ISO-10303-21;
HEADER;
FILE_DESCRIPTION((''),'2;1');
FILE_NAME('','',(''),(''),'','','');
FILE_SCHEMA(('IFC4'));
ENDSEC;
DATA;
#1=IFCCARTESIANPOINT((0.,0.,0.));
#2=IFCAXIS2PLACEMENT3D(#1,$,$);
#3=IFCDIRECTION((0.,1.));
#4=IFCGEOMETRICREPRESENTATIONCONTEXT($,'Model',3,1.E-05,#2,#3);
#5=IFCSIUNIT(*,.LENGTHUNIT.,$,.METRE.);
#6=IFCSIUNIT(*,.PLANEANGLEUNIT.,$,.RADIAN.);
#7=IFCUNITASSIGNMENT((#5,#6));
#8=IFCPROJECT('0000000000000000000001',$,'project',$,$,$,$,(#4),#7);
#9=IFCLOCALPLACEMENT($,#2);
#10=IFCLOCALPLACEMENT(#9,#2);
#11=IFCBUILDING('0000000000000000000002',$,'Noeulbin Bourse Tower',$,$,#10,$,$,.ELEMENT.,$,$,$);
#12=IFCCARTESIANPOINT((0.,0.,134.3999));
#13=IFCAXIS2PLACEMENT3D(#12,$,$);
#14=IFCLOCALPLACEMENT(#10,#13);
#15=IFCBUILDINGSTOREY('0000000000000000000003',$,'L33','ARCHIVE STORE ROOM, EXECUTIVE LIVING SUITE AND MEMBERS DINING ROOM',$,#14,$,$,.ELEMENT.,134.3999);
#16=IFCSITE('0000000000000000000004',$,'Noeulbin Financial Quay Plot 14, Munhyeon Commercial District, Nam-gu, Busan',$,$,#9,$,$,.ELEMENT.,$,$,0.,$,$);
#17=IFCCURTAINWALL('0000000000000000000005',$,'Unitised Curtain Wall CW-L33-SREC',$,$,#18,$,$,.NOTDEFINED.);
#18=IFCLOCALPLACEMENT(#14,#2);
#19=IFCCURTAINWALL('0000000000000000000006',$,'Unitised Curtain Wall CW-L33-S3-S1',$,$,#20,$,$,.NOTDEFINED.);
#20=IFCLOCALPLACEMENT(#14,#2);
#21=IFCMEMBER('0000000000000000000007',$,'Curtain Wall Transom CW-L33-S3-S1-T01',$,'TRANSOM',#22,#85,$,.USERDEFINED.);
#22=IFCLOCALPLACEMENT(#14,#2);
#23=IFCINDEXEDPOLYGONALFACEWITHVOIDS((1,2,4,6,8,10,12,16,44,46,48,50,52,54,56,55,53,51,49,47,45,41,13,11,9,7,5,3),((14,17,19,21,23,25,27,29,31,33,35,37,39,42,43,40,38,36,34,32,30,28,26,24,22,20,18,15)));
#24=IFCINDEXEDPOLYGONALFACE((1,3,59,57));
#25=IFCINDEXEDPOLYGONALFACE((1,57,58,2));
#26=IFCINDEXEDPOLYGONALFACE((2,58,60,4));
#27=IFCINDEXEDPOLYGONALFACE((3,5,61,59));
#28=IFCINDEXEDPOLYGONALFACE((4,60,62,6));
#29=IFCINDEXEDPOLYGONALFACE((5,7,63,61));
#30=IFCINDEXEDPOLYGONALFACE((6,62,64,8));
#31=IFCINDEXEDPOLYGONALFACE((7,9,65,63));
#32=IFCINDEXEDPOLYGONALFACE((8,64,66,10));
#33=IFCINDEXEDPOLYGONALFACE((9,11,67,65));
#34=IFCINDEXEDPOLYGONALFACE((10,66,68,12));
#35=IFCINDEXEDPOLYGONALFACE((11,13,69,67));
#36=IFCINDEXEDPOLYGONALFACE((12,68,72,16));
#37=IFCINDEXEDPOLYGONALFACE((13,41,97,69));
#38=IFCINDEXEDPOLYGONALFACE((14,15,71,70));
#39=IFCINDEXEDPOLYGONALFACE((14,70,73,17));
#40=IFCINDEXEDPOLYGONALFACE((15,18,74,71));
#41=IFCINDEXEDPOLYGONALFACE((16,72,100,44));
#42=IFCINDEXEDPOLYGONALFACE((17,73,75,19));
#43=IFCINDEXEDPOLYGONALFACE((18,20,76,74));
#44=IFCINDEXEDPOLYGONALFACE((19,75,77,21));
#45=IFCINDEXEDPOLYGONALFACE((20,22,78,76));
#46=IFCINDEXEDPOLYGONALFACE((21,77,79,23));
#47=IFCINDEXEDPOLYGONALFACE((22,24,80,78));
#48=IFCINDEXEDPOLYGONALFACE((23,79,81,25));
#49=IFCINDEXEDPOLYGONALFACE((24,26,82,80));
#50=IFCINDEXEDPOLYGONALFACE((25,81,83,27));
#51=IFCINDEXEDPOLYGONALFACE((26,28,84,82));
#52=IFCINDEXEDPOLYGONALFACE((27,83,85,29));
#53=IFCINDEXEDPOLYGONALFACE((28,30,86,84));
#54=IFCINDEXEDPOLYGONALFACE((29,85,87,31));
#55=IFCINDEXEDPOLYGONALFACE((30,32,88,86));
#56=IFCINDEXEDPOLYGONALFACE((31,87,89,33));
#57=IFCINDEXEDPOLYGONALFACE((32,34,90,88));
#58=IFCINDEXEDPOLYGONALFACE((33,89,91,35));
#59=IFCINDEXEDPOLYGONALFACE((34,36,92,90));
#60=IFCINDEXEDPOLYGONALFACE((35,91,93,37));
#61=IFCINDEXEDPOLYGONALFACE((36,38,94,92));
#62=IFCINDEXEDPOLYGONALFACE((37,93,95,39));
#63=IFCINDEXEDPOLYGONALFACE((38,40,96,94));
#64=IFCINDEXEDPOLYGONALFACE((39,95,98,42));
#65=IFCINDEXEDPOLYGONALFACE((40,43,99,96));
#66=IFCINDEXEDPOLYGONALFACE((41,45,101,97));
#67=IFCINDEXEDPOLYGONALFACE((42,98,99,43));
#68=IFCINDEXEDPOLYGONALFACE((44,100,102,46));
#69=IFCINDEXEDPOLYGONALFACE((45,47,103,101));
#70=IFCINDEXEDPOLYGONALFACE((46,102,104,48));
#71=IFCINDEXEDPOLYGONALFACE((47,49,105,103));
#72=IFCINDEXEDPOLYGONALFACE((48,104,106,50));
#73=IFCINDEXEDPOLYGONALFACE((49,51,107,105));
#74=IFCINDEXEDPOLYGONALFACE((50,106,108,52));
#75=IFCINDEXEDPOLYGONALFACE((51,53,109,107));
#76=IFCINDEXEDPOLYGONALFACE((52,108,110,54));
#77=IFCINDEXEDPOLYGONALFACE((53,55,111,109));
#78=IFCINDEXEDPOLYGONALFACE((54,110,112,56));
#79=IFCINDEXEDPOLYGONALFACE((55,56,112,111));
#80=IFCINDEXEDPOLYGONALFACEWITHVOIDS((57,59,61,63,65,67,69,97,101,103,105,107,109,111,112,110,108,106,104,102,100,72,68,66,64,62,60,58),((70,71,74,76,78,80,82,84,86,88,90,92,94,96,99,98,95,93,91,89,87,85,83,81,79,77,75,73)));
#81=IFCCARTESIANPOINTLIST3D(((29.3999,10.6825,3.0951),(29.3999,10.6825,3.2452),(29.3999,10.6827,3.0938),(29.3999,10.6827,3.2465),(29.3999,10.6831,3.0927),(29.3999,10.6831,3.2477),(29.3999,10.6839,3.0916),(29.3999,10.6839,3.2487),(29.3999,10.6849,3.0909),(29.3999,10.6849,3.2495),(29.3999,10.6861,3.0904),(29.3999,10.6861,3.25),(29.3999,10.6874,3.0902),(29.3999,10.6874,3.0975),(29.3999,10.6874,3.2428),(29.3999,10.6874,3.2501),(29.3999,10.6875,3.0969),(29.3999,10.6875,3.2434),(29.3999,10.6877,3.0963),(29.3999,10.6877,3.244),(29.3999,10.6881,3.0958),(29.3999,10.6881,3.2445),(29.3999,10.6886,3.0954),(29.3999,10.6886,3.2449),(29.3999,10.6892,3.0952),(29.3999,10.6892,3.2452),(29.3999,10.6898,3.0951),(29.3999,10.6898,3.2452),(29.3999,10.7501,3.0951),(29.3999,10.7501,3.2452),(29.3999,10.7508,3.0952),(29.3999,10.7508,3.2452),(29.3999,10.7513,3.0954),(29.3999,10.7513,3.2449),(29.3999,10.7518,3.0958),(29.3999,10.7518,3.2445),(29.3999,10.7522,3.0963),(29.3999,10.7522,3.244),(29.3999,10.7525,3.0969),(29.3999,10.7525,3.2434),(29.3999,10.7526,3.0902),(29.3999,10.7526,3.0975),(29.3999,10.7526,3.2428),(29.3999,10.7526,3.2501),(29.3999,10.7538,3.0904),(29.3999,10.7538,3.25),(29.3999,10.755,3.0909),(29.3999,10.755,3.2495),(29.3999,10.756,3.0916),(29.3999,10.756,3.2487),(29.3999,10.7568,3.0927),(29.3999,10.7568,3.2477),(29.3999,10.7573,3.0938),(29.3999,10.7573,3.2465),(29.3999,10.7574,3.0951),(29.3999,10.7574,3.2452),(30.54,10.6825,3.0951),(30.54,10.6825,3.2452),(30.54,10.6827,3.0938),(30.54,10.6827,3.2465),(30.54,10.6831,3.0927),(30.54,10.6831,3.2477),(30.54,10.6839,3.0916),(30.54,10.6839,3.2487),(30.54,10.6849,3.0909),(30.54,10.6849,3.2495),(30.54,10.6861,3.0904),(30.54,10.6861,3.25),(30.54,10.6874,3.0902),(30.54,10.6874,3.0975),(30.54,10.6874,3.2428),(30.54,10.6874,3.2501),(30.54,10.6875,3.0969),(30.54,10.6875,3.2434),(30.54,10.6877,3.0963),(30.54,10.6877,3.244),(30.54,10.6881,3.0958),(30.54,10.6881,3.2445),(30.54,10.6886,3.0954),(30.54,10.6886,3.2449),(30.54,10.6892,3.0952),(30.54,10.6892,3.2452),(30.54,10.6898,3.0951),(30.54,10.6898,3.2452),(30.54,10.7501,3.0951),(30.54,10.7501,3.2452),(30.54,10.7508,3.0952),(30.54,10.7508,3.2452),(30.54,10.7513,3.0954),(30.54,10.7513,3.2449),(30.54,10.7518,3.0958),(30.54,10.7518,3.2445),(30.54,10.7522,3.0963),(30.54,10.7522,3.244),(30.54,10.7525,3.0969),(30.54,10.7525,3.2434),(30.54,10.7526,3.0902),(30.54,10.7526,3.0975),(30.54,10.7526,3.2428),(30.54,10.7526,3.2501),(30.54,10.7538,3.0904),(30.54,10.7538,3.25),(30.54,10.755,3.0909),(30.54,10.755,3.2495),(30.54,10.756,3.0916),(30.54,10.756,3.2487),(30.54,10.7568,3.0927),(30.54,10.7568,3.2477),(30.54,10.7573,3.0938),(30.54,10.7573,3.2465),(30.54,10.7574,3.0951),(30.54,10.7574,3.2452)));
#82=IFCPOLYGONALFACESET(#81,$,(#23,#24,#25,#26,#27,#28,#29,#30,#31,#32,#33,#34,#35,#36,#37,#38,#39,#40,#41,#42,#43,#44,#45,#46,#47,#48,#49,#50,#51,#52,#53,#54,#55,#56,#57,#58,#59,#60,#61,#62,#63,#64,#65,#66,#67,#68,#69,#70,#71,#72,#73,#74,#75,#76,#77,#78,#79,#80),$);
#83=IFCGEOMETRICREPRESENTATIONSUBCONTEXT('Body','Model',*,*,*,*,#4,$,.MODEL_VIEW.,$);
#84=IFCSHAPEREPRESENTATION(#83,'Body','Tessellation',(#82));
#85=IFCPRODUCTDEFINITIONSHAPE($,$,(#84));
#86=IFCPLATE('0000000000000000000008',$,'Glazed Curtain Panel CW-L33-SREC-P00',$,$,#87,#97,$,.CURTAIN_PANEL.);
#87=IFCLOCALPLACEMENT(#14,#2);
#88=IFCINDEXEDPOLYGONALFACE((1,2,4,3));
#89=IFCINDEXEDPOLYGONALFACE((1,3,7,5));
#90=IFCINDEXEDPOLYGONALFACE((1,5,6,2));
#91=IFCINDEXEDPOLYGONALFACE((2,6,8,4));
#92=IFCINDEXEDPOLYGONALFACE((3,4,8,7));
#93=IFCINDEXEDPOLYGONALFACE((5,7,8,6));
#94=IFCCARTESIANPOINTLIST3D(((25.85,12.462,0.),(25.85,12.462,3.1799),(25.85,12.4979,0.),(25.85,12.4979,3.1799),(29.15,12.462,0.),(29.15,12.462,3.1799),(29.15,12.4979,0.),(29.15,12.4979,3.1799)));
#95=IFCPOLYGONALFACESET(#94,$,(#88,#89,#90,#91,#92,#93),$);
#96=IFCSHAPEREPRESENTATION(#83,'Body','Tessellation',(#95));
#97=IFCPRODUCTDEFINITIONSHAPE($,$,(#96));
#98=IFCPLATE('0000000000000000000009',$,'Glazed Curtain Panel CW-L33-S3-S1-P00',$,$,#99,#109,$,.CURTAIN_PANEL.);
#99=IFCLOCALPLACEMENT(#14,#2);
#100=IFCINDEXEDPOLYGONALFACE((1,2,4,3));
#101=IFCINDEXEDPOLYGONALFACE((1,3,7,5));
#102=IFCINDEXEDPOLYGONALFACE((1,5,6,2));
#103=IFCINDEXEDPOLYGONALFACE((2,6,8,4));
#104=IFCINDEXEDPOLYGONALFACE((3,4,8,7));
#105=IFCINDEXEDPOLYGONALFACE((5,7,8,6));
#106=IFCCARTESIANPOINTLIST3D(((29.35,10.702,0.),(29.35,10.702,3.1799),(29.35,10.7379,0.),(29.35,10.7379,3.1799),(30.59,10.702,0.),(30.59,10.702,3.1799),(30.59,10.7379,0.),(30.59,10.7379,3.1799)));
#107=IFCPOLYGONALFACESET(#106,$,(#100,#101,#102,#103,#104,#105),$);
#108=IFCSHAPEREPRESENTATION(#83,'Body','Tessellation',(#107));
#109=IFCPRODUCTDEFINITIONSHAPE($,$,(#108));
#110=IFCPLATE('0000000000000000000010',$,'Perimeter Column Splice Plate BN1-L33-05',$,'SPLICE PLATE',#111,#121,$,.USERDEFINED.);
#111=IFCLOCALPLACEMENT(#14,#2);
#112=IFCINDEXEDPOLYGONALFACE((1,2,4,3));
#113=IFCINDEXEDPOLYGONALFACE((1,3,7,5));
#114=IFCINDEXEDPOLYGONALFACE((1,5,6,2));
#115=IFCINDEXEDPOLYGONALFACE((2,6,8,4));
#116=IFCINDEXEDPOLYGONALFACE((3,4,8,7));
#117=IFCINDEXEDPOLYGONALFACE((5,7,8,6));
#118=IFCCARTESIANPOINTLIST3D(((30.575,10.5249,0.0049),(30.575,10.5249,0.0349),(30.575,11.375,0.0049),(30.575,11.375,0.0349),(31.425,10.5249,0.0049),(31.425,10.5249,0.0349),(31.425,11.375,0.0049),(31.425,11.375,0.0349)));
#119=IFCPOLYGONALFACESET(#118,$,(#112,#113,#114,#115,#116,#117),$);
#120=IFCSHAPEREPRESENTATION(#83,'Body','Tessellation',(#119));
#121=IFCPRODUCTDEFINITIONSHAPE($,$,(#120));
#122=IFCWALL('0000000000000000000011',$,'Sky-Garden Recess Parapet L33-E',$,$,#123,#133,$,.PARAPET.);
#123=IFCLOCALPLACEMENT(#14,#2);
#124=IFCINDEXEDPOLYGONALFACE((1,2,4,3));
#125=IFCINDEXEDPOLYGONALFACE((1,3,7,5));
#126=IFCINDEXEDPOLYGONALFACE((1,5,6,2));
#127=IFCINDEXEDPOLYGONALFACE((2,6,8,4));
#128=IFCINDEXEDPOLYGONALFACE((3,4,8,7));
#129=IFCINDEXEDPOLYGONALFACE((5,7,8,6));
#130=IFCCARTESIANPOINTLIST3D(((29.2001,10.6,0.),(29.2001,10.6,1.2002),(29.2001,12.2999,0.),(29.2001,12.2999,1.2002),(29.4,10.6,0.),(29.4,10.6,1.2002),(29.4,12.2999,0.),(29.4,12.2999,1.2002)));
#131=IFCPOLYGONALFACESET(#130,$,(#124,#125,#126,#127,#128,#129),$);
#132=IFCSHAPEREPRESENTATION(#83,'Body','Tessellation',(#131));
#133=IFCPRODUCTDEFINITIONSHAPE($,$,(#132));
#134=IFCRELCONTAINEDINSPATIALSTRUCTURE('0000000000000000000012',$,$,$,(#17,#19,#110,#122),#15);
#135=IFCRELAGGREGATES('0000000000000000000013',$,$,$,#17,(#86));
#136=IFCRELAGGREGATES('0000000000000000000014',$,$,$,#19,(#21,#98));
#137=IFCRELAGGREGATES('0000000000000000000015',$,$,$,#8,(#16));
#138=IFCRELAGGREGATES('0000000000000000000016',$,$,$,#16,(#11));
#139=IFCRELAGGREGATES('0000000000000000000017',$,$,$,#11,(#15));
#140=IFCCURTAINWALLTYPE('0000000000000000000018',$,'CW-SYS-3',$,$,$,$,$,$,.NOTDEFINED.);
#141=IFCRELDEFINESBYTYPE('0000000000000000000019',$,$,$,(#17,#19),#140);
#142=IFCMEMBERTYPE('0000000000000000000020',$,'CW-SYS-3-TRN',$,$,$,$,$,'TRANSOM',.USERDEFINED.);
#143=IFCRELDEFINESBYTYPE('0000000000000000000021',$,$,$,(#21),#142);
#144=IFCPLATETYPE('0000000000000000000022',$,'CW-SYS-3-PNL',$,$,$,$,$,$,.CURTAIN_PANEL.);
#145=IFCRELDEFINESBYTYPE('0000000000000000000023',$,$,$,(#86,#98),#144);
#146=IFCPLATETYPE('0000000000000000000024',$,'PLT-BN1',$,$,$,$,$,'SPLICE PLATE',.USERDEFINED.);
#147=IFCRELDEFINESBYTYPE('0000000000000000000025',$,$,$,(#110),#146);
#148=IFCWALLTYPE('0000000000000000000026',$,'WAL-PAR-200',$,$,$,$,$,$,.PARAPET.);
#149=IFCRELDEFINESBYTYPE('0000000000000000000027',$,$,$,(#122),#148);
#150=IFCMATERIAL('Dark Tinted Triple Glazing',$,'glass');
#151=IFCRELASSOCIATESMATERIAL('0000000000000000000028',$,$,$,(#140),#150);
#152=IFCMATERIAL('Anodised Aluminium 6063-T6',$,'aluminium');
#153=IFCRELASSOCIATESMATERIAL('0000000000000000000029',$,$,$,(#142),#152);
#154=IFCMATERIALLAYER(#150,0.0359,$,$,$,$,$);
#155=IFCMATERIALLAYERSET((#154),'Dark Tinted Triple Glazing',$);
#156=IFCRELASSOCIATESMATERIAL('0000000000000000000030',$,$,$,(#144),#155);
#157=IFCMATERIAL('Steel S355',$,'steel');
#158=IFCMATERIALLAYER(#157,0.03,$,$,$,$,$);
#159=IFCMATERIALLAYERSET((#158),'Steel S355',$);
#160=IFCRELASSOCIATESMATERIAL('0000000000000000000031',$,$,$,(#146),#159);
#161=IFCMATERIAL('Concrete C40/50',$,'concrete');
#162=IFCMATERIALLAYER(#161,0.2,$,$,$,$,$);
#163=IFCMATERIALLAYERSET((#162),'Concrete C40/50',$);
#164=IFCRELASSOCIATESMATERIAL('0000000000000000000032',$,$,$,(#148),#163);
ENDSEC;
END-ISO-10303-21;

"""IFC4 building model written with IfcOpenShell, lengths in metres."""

from ifc_helpers import new_model, si_unit, direction, frame, frame_2d, origin, origin_2d, place, context, subcontext, project, spatial, rectangle, hollow_rectangle, extrude, material, layer, layer_set, material_profile, profile_set, type_object, element, aggregate, save


model = new_model("IFC4")

# Units and contexts
model_context = context("Model", 3, precision=1e-05, world=origin(), true_north=direction((0.0, 1.0)))
body_context = subcontext(model_context, "Body", "Model", "MODEL_VIEW")
ifc_project = project(units=[si_unit("LENGTHUNIT", "METRE"), si_unit("PLANEANGLEUNIT", "RADIAN")], contexts=[model_context])

# Site, building, storey
site_placement = place(None, origin())
site = spatial("IfcSite", under=ifc_project, at=site_placement, Name="Noeulbin Financial Quay Plot 14, Munhyeon Commercial District, Nam-gu, Busan", CompositionType="ELEMENT", RefElevation=0.0)
building_placement = place(site_placement, origin())
building = spatial("IfcBuilding", under=site, at=building_placement, Name="Noeulbin Bourse Tower", CompositionType="ELEMENT")
storey_placement = place(building_placement, frame((0.0, 0.0, 134.3999)))
storey = spatial("IfcBuildingStorey", under=building, at=storey_placement, Name="L33", Description="ARCHIVE STORE ROOM, EXECUTIVE LIVING SUITE AND MEMBERS DINING ROOM", CompositionType="ELEMENT", Elevation=134.3999)

# Shared definitions
ifc_material_1 = material(Name="Steel S355", Category="steel")

# Curtain wall
ifc_material_2 = material(Name="Dark Tinted Triple Glazing", Category="glass")
curtain_wall_type = type_object("IfcCurtainWallType", Name="CW-SYS-3", PredefinedType="NOTDEFINED", material=ifc_material_2)
curtain_wall_1_placement = place(storey_placement, origin())
curtain_wall_1 = element("IfcCurtainWall", 1, at=curtain_wall_1_placement, inside=storey, type_object=curtain_wall_type, Name="Unitised Curtain Wall CW-L33-SREC", PredefinedType="NOTDEFINED")
ifc_material_3 = material(Name="Anodised Aluminium 6063-T6", Category="aluminium")

# Curtain wall, member
curtain_wall_2_placement = place(storey_placement, origin())
curtain_wall_2 = element("IfcCurtainWall", 2, at=curtain_wall_2_placement, inside=storey, type_object=curtain_wall_type, Name="Unitised Curtain Wall CW-L33-S3-S1", PredefinedType="NOTDEFINED")
ifc_material_profile_1 = material_profile(ifc_material_3, hollow_rectangle(XDim=0.075, YDim=0.1599, WallThickness=0.0049, InnerFilletRadius=0.0024, OuterFilletRadius=0.0049, at=origin_2d()), Name="ALU-TRAN-75x160x5", Category="LoadBearing")
ifc_profile_set_1 = profile_set([ifc_material_profile_1], Name="Anodised Aluminium 6063-T6")
member_type_1 = type_object("IfcMemberType", Name="CW-SYS-3-TRN", ElementType="TRANSOM", PredefinedType="USERDEFINED", material=ifc_profile_set_1)
member_1_placement = place(storey_placement, frame((29.3999, 10.72, 3.1702), z_axis=(1.0, 0.0, 0.0), x_axis=(0.0, 1.0, 0.0)))
member_1 = element("IfcMember", 3, at=member_1_placement, type_object=member_type_1, Name="Curtain Wall Transom CW-L33-S3-S1-T01", ObjectType="TRANSOM", PredefinedType="USERDEFINED", context=body_context, shape_type="SweptSolid", body=[
    extrude(hollow_rectangle(XDim=0.075, YDim=0.1599, WallThickness=0.0049, InnerFilletRadius=0.0024, OuterFilletRadius=0.0049, at=origin_2d()), origin(), (0.0, 0.0, 1.0), 1.1401),
])

# Plates
ifc_layer_1 = layer(ifc_material_2, 0.0359)
ifc_layer_set_1 = layer_set([ifc_layer_1], Name="Dark Tinted Triple Glazing")
plate_type_1 = type_object("IfcPlateType", Name="CW-SYS-3-PNL", PredefinedType="CURTAIN_PANEL", material=ifc_layer_set_1)
plate_1_placement = place(storey_placement, frame((27.5, 12.48, 0.0), z_axis=(0.0, 0.0, 1.0), x_axis=(1.0, 0.0, 0.0)))
plate_1 = element("IfcPlate", 4, at=plate_1_placement, type_object=plate_type_1, Name="Glazed Curtain Panel CW-L33-SREC-P00", PredefinedType="CURTAIN_PANEL", context=body_context, shape_type="SweptSolid", body=[
    extrude(rectangle(XDim=3.3, YDim=0.0359, at=origin_2d()), origin(), (0.0, 0.0, 1.0), 3.1799),
])
aggregate(curtain_wall_1, [plate_1])
plate_2_placement = place(storey_placement, frame((29.97, 10.72, 0.0), z_axis=(0.0, 0.0, 1.0), x_axis=(1.0, 0.0, 0.0)))
plate_2 = element("IfcPlate", 5, at=plate_2_placement, type_object=plate_type_1, Name="Glazed Curtain Panel CW-L33-S3-S1-P00", PredefinedType="CURTAIN_PANEL", context=body_context, shape_type="SweptSolid", body=[
    extrude(rectangle(XDim=1.24, YDim=0.0359, at=origin_2d()), origin(), (0.0, 0.0, 1.0), 3.1799),
])
aggregate(curtain_wall_2, [member_1, plate_2])
ifc_layer_2 = layer(ifc_material_1, 0.03)
ifc_layer_set_2 = layer_set([ifc_layer_2], Name="Steel S355")
plate_type_2 = type_object("IfcPlateType", Name="PLT-BN1", ElementType="SPLICE PLATE", PredefinedType="USERDEFINED", material=ifc_layer_set_2)
plate_3_placement = place(storey_placement, frame((31.0, 10.95, 0.0049), z_axis=(0.0, 0.0, 1.0), x_axis=(1.0, 0.0, 0.0)))
element("IfcPlate", 6, at=plate_3_placement, inside=storey, type_object=plate_type_2, Name="Perimeter Column Splice Plate BN1-L33-05", ObjectType="SPLICE PLATE", PredefinedType="USERDEFINED", context=body_context, shape_type="SweptSolid", body=[
    extrude(rectangle(XDim=0.8501, YDim=0.8501, at=origin_2d()), origin(), (0.0, 0.0, 1.0), 0.03),
])

# Wall
ifc_material_4 = material(Name="Concrete C40/50", Category="concrete")
ifc_layer_3 = layer(ifc_material_4, 0.2)
ifc_layer_set_3 = layer_set([ifc_layer_3], Name="Concrete C40/50")
wall_type = type_object("IfcWallType", Name="WAL-PAR-200", PredefinedType="PARAPET", material=ifc_layer_set_3)
wall_placement = place(storey_placement, frame((29.3, 12.3, 0.0), z_axis=(0.0, 0.0, 1.0), x_axis=(0.0, -1.0, 0.0)))
element("IfcWall", 7, at=wall_placement, inside=storey, type_object=wall_type, Name="Sky-Garden Recess Parapet L33-E", PredefinedType="PARAPET", context=body_context, shape_type="SweptSolid", body=[
    extrude(rectangle(XDim=1.7, YDim=0.2, at=frame_2d((0.8501, 0.0))), origin(), (0.0, 0.0, 1.0), 1.2002),
])

save(model, "model.ifc")
